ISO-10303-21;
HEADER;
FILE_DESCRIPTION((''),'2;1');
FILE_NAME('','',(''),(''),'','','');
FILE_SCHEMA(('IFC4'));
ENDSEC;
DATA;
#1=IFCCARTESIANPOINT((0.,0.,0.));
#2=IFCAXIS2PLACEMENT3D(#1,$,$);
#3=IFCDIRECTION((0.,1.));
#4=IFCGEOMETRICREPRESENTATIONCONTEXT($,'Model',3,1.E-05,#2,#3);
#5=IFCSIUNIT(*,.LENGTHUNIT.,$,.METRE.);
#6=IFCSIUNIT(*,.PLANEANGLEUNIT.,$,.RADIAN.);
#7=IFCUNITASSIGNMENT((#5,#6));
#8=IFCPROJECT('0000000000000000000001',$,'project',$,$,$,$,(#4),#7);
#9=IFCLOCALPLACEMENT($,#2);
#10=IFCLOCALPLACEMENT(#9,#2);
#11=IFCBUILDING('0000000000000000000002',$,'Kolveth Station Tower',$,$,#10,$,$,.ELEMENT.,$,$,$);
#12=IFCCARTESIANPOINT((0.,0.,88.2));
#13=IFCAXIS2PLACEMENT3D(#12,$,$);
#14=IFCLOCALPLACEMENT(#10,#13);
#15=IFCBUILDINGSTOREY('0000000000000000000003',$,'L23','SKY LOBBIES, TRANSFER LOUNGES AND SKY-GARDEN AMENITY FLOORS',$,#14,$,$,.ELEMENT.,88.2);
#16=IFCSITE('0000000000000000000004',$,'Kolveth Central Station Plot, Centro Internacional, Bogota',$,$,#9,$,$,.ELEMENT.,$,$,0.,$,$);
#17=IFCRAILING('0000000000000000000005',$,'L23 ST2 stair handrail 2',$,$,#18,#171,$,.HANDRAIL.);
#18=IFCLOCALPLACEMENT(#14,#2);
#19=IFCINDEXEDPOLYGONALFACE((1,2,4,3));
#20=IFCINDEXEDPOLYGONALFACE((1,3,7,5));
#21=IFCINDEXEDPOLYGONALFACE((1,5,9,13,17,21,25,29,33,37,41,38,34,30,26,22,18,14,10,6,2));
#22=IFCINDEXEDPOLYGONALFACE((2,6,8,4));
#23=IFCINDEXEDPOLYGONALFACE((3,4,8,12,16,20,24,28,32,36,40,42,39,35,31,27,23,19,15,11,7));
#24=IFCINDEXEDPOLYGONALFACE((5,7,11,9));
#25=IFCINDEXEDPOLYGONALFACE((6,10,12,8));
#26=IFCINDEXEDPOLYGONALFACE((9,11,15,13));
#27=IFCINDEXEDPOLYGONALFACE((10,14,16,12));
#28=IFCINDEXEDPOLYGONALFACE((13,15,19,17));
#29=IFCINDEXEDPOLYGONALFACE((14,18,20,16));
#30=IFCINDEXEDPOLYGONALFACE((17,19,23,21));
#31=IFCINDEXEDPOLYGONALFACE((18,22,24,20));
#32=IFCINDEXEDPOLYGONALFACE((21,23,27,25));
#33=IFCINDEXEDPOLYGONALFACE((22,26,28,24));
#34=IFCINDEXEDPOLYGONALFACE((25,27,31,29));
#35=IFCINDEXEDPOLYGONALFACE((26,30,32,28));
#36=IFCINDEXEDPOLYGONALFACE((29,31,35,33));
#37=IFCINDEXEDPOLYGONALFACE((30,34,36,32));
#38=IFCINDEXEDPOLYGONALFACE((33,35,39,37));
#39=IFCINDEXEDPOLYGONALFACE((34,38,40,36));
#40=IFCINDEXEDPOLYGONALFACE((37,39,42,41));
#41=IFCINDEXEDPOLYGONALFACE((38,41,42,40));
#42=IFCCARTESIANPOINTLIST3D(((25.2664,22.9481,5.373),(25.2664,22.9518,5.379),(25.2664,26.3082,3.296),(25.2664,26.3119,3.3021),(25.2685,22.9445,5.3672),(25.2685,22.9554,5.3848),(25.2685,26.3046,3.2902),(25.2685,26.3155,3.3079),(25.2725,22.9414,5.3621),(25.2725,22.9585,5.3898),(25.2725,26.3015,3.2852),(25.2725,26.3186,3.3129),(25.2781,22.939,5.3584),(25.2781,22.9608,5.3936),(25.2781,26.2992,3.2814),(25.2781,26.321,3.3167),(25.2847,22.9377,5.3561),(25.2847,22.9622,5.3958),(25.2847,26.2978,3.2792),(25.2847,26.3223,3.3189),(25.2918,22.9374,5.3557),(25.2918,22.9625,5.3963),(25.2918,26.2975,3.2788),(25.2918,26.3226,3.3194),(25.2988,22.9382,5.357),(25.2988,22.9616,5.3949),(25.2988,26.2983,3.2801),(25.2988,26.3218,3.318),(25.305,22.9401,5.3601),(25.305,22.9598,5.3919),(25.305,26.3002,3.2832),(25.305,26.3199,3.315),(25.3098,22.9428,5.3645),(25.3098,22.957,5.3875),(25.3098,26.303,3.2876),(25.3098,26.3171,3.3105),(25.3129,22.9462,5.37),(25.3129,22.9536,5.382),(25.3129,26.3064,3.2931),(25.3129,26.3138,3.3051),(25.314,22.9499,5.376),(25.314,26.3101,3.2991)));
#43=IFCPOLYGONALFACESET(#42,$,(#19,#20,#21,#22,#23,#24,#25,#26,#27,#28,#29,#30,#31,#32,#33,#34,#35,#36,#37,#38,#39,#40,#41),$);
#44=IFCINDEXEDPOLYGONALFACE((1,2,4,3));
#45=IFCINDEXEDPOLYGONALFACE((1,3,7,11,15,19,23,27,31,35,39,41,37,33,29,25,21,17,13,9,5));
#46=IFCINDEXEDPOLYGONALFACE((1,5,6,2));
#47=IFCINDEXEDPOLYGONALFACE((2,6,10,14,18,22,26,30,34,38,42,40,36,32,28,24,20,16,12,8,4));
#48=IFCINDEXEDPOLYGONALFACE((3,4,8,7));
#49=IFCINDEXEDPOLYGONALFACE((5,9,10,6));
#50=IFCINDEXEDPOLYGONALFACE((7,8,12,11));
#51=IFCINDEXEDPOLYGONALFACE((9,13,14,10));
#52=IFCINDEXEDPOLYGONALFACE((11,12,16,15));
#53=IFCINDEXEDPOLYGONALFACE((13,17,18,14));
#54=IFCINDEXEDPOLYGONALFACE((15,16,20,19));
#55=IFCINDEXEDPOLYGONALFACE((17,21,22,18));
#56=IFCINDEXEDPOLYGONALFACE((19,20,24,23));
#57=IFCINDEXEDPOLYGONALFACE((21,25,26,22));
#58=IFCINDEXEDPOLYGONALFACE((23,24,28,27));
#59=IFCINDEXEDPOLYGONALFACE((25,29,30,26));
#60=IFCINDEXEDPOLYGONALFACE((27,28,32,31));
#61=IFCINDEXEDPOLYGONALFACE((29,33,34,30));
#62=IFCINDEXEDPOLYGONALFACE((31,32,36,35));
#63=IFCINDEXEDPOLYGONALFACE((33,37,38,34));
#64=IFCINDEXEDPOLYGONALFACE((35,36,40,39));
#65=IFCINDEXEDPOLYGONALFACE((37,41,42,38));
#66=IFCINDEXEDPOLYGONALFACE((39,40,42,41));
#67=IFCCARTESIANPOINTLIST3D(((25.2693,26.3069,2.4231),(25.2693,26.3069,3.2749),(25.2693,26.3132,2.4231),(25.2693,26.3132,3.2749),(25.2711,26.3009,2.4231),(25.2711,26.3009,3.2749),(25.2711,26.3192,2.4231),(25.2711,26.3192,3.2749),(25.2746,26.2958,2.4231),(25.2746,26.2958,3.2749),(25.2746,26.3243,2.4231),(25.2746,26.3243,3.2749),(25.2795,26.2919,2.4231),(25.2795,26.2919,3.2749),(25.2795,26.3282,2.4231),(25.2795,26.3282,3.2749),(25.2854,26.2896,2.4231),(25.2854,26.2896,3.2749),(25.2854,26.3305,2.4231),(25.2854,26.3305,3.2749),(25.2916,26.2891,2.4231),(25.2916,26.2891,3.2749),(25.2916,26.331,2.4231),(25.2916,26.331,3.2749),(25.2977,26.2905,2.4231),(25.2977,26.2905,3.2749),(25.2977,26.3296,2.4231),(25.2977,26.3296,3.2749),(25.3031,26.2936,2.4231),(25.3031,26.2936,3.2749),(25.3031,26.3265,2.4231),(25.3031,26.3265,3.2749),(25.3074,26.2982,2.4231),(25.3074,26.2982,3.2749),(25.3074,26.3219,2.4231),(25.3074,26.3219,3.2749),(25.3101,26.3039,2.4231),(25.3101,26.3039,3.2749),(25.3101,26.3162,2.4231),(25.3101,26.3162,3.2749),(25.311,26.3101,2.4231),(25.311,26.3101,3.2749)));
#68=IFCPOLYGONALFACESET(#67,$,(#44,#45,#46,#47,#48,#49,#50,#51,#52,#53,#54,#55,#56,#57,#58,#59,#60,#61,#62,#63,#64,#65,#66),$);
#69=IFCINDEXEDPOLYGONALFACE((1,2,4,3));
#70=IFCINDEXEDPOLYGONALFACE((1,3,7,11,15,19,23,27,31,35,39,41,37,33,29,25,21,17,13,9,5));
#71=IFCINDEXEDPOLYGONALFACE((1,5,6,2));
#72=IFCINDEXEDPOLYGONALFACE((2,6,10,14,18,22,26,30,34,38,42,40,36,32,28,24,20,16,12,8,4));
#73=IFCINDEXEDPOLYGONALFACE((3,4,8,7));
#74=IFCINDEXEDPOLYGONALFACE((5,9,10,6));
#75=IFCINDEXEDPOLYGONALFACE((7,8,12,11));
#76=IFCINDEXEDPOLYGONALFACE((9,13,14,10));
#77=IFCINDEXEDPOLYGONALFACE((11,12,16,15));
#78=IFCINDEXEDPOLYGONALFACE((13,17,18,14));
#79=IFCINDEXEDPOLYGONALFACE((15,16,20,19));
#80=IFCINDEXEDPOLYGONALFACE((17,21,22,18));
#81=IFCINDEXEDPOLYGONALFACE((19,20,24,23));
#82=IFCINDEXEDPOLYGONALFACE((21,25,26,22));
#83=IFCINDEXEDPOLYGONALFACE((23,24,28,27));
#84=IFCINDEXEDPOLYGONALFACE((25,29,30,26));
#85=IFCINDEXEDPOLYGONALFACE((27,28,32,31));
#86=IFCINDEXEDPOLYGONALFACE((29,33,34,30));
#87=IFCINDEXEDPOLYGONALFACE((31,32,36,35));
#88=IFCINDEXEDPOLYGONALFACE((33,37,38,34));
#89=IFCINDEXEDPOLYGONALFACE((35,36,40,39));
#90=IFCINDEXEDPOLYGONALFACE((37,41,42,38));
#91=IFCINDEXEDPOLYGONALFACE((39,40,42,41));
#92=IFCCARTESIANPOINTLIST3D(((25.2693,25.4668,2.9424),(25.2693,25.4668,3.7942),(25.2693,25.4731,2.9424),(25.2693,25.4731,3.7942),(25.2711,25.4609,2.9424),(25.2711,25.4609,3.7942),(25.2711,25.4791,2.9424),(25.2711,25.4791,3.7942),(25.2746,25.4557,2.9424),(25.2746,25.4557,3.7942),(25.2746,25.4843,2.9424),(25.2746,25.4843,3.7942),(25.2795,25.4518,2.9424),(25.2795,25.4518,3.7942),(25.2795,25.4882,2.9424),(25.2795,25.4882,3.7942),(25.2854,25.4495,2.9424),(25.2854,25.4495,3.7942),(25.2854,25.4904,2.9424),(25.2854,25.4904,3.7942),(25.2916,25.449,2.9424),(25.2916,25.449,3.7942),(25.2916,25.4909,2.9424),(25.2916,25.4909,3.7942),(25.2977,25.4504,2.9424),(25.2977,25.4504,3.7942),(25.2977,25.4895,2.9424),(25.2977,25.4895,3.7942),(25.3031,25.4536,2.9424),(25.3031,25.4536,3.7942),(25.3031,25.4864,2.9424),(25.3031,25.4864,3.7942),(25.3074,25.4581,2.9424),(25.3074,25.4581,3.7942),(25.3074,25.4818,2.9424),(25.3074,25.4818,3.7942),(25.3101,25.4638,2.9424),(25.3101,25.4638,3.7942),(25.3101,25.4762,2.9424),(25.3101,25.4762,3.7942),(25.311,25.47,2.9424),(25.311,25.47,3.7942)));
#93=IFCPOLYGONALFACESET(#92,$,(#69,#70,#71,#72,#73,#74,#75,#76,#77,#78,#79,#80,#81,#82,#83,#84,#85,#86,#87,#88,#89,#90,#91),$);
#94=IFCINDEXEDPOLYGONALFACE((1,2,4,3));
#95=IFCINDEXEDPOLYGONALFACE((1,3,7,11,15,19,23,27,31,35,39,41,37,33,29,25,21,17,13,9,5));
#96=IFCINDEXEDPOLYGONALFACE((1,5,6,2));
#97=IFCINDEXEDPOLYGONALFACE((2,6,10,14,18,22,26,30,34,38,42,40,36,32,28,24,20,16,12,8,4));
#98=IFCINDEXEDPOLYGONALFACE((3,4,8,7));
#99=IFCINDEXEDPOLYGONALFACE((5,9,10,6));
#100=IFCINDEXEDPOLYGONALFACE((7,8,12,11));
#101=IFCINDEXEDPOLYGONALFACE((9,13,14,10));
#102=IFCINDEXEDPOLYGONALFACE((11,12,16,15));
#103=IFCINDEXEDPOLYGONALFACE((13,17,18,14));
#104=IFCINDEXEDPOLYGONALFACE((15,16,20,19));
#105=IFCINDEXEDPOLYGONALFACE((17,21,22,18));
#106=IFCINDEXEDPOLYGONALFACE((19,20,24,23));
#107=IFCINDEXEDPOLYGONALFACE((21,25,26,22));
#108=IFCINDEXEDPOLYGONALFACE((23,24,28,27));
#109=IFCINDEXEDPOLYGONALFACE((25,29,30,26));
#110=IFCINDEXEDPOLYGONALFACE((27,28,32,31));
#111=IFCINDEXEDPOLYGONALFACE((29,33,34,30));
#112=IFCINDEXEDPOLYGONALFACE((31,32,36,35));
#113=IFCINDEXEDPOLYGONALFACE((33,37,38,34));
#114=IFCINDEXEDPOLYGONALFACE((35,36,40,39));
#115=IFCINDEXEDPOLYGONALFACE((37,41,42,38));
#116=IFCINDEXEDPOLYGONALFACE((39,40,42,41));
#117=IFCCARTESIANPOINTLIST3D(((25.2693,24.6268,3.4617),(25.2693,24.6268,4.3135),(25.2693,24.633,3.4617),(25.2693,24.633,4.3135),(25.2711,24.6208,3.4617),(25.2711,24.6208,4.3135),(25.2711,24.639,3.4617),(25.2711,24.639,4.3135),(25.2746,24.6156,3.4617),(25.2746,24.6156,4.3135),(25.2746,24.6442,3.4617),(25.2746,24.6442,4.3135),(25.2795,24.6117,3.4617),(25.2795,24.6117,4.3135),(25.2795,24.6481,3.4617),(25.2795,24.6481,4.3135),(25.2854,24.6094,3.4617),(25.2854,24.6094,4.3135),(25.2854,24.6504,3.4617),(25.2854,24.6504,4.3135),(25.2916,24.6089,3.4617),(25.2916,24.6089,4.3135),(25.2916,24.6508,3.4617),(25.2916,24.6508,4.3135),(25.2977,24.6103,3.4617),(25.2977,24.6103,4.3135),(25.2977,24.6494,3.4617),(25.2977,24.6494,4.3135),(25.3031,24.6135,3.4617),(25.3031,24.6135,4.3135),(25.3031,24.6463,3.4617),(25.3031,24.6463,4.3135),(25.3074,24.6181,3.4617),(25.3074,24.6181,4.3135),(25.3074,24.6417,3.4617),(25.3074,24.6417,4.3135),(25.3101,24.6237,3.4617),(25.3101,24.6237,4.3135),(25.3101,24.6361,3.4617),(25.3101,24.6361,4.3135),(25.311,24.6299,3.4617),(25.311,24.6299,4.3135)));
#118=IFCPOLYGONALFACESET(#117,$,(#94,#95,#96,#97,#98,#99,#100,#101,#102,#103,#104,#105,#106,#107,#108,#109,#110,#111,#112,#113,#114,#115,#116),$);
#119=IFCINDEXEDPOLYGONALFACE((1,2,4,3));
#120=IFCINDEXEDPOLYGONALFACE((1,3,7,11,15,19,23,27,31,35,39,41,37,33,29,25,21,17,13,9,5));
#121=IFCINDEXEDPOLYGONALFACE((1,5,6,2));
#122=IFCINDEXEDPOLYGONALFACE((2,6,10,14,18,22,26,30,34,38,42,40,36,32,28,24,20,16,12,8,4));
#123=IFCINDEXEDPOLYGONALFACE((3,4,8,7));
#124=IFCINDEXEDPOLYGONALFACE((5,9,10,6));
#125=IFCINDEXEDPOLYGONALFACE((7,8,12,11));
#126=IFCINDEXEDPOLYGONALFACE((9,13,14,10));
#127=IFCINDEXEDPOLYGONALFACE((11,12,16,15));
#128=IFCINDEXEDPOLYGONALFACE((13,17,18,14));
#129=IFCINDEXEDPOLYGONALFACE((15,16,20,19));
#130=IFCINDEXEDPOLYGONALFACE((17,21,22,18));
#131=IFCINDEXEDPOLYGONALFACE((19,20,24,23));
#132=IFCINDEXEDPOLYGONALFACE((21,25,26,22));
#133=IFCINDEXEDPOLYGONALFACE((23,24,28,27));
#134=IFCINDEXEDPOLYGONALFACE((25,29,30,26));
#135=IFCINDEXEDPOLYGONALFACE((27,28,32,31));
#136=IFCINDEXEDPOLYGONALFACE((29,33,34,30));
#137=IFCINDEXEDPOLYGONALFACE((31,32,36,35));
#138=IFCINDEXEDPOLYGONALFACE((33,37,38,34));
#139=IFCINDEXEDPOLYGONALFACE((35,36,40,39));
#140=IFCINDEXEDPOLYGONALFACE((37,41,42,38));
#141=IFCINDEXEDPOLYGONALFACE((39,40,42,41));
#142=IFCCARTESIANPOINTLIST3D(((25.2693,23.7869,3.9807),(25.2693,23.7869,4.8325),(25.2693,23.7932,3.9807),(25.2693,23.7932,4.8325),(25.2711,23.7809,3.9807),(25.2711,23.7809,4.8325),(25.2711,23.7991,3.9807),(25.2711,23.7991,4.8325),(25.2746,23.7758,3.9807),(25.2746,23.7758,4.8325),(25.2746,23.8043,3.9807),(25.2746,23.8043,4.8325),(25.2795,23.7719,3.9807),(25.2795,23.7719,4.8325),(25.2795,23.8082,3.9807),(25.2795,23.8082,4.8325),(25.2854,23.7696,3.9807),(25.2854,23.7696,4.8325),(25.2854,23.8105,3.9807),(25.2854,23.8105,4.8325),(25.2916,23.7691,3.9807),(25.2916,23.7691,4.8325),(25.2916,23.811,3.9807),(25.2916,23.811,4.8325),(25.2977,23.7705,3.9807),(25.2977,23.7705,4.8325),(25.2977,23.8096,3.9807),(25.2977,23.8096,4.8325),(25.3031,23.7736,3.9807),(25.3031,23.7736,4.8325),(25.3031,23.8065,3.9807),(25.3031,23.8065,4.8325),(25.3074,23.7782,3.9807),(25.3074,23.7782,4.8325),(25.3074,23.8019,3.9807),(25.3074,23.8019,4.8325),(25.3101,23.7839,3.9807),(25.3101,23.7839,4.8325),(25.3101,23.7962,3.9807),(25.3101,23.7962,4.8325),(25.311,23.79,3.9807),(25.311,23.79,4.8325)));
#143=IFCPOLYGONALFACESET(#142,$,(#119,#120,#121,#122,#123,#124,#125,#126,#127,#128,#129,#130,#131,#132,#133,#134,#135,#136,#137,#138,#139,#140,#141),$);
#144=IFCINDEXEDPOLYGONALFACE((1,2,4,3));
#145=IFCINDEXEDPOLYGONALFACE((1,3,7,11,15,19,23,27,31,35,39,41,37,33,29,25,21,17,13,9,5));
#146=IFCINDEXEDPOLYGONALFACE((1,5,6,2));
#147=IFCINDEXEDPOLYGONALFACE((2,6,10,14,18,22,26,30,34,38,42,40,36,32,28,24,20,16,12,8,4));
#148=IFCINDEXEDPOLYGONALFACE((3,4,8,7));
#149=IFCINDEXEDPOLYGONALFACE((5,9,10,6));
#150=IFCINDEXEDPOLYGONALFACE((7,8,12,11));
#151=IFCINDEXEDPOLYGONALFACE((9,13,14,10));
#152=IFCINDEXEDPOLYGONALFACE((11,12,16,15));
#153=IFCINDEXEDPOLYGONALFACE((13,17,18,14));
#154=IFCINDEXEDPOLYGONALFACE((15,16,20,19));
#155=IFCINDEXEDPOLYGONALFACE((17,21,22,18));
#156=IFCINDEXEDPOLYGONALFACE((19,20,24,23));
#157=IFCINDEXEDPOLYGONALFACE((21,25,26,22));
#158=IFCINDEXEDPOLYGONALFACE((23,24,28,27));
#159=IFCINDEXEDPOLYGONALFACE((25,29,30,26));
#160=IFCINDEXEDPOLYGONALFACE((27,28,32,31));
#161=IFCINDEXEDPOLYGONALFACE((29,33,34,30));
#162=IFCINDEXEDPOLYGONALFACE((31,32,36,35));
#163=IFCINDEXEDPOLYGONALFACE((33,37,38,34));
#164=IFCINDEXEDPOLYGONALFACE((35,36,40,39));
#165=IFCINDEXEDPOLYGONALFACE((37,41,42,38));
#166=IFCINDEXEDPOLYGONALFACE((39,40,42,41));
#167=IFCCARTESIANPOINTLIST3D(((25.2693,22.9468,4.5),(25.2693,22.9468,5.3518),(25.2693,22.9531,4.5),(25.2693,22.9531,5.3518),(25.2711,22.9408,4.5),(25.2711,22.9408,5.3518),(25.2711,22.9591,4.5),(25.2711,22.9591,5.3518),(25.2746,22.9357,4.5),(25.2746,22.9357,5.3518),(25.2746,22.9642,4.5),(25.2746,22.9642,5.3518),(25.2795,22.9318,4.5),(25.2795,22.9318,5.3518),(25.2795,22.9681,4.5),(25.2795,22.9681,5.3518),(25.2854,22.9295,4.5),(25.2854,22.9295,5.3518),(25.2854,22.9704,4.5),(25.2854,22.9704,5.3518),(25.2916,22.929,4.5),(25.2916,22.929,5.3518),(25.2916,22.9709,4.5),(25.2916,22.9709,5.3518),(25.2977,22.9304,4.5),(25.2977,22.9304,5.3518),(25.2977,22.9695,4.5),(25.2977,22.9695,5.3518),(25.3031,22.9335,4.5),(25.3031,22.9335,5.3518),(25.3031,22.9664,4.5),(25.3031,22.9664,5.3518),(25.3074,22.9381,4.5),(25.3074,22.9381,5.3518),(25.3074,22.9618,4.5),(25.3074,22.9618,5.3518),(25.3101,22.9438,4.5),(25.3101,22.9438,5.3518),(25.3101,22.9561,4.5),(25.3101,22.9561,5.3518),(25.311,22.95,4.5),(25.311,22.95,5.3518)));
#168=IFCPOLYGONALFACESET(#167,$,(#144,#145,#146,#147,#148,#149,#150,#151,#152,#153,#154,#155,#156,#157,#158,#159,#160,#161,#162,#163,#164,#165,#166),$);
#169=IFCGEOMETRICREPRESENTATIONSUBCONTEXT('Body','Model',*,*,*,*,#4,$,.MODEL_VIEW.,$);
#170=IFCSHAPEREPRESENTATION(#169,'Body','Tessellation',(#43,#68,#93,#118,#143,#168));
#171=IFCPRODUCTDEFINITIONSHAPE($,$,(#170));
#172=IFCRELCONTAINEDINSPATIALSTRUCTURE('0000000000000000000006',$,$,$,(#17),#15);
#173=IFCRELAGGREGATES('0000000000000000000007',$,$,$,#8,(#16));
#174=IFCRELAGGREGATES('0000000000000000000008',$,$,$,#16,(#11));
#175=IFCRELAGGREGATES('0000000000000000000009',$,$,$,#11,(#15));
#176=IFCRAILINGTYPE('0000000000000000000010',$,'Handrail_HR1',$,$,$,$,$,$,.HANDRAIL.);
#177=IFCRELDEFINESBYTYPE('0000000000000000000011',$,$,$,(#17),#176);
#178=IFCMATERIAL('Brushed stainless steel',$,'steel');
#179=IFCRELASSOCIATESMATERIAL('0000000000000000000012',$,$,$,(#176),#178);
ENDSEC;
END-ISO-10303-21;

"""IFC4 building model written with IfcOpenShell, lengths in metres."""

from ifc_helpers import new_model, si_unit, direction, frame, origin, origin_2d, place, context, subcontext, project, spatial, circle, extrude, material, type_object, element, save


model = new_model("IFC4")

# Units and contexts
model_context = context("Model", 3, precision=1e-05, world=origin(), true_north=direction((0.0, 1.0)))
body_context = subcontext(model_context, "Body", "Model", "MODEL_VIEW")
ifc_project = project(units=[si_unit("LENGTHUNIT", "METRE"), si_unit("PLANEANGLEUNIT", "RADIAN")], contexts=[model_context])

# Site, building, storey
site_placement = place(None, origin())
site = spatial("IfcSite", under=ifc_project, at=site_placement, Name="Kolveth Central Station Plot, Centro Internacional, Bogota", CompositionType="ELEMENT", RefElevation=0.0)
building_placement = place(site_placement, origin())
building = spatial("IfcBuilding", under=site, at=building_placement, Name="Kolveth Station Tower", CompositionType="ELEMENT")
storey_placement = place(building_placement, frame((0.0, 0.0, 88.2)))
storey = spatial("IfcBuildingStorey", under=building, at=storey_placement, Name="L23", Description="SKY LOBBIES, TRANSFER LOUNGES AND SKY-GARDEN AMENITY FLOORS", CompositionType="ELEMENT", Elevation=88.2)

# Railing
ifc_material_1 = material(Name="Brushed stainless steel", Category="steel")
railing_type_1 = type_object("IfcRailingType", Name="Handrail_HR1", PredefinedType="HANDRAIL", material=ifc_material_1)
railing_1_placement = place(storey_placement, frame((25.29, 26.3101, 2.4231)))
element("IfcRailing", 1, at=railing_1_placement, inside=storey, type_object=railing_type_1, Name="L23 ST2 stair handrail 2", PredefinedType="HANDRAIL", context=body_context, shape_type="SweptSolid", body=[
    extrude(circle(Radius=0.0239, at=origin_2d()), frame((0.0, 0.0, 0.876), z_axis=(0.0, -0.850623, 0.525776), x_axis=(1.0, 0.0, 0.0)), (0.0, 0.0, 1.0), 3.9502),
    extrude(circle(Radius=0.021, at=origin_2d()), origin(), (0.0, 0.0, 1.0), 0.8518),
    extrude(circle(Radius=0.021, at=origin_2d()), frame((0.0, -0.8401, 0.5193)), (0.0, 0.0, 1.0), 0.8518),
    extrude(circle(Radius=0.021, at=origin_2d()), frame((0.0, -1.6802, 1.0386)), (0.0, 0.0, 1.0), 0.8518),
    extrude(circle(Radius=0.021, at=origin_2d()), frame((0.0, -2.52, 1.5576)), (0.0, 0.0, 1.0), 0.8518),
    extrude(circle(Radius=0.021, at=origin_2d()), frame((0.0, -3.3601, 2.0769)), (0.0, 0.0, 1.0), 0.8518),
])

save(model, "model.ifc")
